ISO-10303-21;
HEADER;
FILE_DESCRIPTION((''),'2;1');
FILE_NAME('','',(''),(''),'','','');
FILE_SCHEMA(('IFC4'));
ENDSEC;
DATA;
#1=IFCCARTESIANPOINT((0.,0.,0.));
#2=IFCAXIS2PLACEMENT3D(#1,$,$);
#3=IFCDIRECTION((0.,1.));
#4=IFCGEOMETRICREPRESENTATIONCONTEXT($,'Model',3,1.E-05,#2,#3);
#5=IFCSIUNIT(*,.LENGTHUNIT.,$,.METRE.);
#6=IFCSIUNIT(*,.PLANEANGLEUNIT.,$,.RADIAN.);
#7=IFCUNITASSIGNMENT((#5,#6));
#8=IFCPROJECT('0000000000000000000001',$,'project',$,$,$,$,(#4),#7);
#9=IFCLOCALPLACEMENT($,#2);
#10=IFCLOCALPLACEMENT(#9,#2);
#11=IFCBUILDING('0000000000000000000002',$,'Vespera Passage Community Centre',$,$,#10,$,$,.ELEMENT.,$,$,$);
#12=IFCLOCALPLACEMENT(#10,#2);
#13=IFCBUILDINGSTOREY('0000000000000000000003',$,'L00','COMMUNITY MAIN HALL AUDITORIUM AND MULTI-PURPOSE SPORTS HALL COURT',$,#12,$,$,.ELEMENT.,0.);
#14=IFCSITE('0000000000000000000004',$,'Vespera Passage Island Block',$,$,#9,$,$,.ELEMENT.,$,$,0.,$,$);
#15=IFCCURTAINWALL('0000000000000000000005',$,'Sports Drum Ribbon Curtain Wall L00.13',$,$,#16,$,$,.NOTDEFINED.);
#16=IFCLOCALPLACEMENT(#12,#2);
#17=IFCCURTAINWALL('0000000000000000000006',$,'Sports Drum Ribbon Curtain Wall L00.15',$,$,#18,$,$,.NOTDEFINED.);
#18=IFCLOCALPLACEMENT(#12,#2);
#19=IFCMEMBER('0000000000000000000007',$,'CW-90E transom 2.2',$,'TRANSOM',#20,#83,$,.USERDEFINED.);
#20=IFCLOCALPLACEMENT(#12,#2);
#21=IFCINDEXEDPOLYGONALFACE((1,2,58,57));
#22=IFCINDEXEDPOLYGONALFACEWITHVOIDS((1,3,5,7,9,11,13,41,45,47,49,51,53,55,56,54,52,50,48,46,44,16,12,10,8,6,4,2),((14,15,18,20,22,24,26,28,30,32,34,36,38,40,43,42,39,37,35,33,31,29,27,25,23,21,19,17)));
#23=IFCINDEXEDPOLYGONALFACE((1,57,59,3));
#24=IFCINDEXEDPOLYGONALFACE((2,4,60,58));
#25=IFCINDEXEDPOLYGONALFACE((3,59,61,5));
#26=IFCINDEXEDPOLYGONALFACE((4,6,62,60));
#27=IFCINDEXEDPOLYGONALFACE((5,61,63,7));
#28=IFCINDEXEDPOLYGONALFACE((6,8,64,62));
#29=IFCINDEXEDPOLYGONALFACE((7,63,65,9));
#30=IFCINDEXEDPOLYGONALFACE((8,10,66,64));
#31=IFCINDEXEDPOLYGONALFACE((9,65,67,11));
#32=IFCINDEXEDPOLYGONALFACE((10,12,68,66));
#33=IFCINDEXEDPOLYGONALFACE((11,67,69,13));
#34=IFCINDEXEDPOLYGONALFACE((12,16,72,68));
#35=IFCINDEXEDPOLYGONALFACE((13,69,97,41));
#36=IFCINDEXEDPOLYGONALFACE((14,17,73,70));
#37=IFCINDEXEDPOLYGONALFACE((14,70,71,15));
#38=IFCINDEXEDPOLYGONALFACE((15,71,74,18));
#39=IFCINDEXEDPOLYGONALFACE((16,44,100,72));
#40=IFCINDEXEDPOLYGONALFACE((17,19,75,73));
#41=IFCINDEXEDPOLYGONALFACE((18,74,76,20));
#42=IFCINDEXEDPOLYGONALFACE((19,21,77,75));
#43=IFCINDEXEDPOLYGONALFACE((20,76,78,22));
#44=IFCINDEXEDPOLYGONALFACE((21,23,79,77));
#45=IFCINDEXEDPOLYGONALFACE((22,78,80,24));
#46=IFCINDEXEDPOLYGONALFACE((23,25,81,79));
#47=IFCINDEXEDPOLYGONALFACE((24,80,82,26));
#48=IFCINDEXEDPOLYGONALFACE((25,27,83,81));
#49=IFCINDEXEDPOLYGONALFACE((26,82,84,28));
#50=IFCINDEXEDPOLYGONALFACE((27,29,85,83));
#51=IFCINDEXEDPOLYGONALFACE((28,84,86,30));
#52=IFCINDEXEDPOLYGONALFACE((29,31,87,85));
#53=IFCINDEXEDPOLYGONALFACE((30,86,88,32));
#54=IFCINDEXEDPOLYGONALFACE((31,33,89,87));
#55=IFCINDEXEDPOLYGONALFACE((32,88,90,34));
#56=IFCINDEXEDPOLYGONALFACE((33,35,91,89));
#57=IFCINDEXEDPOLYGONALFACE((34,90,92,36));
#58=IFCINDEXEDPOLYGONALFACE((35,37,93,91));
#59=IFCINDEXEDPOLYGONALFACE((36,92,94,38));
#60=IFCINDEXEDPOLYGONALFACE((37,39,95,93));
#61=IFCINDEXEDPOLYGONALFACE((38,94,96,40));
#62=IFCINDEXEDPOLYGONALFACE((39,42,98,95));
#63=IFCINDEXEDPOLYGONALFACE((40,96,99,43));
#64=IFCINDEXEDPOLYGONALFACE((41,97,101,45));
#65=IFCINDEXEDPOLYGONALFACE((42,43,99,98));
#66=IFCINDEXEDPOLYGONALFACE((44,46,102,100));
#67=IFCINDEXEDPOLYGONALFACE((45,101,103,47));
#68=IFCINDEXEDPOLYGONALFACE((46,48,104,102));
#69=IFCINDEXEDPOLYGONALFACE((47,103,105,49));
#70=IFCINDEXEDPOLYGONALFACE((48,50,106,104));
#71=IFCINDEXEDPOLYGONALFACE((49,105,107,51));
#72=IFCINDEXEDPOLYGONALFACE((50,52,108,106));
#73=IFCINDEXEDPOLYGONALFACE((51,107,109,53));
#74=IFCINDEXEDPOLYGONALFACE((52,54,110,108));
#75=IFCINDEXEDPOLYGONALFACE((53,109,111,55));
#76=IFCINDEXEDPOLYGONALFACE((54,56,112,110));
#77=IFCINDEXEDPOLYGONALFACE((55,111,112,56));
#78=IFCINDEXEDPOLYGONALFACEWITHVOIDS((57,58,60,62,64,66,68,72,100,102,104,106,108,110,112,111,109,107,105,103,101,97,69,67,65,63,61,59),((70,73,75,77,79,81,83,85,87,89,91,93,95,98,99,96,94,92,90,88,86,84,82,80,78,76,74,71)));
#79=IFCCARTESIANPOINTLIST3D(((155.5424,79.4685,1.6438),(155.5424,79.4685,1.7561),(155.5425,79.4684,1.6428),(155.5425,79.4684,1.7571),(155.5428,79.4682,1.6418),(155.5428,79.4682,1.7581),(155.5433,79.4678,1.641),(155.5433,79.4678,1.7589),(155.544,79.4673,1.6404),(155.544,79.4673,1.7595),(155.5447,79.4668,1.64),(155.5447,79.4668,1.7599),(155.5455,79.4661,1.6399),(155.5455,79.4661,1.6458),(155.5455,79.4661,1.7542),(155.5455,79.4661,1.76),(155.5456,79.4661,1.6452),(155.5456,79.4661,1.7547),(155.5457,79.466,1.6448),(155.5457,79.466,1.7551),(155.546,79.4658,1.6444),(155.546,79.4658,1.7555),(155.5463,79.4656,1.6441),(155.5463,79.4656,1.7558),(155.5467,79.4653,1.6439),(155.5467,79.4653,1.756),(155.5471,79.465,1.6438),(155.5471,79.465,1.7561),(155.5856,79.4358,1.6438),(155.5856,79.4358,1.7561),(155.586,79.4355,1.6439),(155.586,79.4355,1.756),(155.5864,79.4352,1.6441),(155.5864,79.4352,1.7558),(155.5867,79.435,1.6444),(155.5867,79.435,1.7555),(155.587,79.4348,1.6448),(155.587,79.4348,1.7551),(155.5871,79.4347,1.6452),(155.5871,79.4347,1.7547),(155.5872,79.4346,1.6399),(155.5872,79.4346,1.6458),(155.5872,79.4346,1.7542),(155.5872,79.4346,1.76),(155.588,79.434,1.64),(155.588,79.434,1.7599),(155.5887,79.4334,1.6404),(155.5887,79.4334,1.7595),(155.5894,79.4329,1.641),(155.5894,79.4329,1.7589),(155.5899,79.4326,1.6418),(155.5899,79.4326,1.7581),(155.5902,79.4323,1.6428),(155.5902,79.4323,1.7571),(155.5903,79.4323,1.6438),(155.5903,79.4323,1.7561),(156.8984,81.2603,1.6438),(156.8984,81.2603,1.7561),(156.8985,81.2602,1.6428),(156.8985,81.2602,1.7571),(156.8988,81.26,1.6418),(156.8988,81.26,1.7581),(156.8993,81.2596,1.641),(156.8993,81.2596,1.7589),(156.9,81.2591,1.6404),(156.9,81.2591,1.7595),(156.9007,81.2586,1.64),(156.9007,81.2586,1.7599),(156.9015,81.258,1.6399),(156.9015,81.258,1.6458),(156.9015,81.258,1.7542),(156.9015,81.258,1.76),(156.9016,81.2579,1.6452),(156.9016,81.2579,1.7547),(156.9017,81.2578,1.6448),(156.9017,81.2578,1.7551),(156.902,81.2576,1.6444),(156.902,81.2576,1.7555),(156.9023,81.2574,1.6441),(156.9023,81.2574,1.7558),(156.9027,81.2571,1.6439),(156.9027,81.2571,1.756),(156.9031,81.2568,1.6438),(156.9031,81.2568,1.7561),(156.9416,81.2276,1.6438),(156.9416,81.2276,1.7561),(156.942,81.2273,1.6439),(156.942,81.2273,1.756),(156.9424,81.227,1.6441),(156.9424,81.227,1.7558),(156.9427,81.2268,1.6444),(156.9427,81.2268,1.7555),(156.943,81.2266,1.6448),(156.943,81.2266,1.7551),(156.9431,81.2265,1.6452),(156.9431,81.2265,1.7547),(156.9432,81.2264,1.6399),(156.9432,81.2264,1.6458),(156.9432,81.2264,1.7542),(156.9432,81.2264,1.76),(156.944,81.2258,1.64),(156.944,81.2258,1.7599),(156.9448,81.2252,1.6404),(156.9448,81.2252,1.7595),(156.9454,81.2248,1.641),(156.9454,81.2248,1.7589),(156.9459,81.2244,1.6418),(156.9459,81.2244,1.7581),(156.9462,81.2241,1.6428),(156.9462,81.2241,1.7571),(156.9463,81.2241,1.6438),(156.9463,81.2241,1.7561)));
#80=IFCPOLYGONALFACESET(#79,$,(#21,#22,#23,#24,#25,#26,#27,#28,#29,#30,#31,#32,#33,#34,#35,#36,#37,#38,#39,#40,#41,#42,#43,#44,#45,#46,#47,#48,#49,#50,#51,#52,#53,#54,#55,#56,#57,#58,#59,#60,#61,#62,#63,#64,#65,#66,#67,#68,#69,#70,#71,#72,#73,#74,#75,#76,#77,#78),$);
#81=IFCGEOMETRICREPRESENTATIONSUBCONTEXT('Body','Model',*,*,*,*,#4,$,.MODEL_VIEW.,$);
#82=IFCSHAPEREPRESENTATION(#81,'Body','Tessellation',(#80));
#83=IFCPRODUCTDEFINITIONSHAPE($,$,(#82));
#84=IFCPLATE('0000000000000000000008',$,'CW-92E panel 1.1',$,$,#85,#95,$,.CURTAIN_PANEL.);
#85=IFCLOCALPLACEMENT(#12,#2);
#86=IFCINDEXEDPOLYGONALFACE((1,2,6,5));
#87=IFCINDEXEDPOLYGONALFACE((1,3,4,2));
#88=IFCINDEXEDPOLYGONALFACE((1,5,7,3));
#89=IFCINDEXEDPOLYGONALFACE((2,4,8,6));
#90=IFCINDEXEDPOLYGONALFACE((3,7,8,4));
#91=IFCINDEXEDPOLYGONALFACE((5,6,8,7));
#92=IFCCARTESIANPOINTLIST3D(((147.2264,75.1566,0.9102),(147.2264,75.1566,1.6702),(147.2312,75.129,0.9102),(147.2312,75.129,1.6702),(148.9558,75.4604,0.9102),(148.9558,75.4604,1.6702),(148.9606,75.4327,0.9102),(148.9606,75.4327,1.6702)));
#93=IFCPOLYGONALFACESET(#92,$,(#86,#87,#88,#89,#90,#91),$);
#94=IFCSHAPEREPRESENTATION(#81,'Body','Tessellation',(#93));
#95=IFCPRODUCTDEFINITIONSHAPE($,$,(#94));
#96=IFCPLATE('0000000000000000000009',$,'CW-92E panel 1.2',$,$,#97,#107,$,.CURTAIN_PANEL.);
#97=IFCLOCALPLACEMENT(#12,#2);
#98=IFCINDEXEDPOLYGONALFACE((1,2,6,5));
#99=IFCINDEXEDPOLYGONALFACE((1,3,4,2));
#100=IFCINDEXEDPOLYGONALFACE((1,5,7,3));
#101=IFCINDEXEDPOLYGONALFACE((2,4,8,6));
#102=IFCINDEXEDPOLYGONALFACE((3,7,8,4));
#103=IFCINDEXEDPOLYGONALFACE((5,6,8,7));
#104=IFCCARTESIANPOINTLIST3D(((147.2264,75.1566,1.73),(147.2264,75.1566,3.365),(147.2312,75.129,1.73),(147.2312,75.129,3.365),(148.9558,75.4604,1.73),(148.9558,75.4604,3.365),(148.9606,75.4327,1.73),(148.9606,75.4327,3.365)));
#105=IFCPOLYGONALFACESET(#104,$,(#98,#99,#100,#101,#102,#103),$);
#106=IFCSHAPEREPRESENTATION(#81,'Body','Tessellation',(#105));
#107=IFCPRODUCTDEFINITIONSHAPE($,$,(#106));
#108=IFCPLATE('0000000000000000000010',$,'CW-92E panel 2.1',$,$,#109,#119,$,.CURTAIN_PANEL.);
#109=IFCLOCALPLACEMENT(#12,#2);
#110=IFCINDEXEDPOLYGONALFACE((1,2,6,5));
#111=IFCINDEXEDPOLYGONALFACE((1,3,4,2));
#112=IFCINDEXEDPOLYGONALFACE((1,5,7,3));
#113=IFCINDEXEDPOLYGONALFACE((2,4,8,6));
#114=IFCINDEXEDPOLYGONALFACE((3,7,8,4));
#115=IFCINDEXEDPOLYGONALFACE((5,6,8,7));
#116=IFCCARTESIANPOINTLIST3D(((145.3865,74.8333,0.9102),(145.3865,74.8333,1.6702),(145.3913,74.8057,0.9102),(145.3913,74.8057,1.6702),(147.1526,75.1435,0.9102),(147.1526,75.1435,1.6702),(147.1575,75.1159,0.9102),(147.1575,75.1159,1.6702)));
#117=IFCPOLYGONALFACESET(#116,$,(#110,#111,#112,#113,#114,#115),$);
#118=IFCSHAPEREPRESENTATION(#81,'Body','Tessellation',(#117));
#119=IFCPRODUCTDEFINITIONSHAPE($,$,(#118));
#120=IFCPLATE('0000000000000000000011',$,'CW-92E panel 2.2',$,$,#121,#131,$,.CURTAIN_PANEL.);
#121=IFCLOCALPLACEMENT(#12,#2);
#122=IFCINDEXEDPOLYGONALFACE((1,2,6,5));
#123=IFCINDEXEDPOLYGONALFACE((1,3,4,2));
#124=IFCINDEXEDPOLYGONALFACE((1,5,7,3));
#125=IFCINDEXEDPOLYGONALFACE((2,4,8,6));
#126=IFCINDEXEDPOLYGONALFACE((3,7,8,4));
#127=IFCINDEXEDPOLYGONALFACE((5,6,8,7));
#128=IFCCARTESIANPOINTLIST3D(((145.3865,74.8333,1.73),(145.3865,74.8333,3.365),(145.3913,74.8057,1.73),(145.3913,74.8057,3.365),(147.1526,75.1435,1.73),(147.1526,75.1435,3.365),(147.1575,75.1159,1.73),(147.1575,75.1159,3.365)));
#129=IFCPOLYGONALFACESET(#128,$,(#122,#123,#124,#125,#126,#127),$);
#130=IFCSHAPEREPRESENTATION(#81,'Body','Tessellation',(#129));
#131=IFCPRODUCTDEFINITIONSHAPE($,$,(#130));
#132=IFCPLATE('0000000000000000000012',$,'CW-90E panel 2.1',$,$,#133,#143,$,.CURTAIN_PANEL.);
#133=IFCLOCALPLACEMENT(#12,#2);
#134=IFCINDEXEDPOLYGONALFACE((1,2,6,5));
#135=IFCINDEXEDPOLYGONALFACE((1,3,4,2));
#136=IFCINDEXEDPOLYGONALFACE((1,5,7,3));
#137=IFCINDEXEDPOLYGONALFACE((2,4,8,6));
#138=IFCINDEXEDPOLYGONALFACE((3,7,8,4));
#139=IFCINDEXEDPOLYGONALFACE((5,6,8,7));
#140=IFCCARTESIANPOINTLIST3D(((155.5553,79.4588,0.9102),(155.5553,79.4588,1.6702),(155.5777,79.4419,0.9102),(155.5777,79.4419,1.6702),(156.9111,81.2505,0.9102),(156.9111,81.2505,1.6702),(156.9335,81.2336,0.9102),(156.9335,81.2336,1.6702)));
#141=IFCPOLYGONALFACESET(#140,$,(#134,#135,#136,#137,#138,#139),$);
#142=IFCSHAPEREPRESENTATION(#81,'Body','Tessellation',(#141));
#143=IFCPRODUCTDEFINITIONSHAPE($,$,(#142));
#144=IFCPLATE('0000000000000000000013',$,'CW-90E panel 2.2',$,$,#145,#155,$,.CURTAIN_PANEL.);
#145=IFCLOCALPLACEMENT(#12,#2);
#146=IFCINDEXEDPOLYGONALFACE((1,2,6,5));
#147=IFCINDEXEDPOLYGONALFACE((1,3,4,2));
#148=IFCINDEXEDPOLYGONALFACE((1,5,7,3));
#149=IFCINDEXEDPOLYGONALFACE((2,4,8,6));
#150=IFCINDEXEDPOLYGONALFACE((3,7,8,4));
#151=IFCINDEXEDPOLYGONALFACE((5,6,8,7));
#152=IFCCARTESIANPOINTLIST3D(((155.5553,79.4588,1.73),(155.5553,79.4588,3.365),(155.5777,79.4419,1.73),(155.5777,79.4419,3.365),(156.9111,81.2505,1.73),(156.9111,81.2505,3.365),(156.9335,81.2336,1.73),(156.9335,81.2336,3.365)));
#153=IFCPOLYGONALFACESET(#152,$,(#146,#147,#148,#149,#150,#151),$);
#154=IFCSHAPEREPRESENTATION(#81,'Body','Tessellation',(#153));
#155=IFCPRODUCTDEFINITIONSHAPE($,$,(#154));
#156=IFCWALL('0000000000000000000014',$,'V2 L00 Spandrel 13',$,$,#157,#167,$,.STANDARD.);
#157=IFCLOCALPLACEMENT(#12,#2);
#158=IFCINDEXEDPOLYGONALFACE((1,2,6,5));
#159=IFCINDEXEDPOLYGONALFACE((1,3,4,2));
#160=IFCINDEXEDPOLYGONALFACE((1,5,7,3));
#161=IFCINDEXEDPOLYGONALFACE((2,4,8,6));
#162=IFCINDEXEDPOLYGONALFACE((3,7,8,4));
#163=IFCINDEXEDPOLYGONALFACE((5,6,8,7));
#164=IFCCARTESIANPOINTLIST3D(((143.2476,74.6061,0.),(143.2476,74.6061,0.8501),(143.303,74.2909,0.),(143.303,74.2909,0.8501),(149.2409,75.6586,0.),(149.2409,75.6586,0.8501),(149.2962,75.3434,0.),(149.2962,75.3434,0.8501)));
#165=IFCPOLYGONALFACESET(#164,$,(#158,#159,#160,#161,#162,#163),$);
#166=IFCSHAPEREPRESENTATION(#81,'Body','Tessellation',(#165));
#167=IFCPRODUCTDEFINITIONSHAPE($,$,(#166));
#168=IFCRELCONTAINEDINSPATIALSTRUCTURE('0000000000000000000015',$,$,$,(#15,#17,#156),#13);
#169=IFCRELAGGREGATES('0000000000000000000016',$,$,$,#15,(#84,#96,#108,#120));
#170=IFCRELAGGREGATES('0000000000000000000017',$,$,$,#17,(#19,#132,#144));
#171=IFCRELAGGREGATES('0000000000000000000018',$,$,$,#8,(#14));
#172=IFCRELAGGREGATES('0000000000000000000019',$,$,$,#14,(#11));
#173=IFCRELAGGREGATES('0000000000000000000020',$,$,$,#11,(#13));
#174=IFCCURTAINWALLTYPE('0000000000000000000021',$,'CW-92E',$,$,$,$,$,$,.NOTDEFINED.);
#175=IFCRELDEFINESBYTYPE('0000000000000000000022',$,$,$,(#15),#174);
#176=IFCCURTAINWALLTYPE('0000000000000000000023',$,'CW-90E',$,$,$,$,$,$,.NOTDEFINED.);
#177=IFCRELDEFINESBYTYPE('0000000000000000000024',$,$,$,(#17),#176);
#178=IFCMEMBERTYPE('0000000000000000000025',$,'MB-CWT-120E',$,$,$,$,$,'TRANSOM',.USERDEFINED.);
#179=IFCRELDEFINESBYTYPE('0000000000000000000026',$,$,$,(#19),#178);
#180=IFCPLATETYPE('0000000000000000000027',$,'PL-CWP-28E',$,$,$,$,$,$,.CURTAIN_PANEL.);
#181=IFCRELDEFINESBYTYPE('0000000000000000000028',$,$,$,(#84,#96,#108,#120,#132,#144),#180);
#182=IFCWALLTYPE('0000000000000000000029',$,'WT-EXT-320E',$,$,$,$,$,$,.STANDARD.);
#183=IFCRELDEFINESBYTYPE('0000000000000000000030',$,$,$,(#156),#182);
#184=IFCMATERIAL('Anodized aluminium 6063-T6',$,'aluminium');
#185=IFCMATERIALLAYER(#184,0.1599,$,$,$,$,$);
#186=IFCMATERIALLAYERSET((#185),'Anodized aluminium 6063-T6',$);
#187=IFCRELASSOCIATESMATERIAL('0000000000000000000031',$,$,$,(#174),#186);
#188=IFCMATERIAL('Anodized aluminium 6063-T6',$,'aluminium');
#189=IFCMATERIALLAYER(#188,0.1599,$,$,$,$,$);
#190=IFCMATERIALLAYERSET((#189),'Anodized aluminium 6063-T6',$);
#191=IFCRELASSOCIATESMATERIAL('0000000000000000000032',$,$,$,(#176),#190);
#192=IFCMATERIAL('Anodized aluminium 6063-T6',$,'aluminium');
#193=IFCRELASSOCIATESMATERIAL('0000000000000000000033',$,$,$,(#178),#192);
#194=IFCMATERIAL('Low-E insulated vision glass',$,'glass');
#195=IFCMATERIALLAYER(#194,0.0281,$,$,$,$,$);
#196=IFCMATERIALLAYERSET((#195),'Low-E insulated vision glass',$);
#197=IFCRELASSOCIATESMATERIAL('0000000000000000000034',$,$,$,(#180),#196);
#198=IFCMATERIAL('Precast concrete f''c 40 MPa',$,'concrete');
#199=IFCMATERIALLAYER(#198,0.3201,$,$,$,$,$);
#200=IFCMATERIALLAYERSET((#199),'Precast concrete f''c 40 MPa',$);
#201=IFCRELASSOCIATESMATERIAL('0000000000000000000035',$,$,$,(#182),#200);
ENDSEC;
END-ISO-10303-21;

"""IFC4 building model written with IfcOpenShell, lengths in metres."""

from ifc_helpers import new_model, si_unit, direction, frame, frame_2d, origin, origin_2d, place, context, subcontext, project, spatial, rectangle, hollow_rectangle, extrude, material, layer, layer_set, material_profile, profile_set, type_object, element, aggregate, save


model = new_model("IFC4")

# Units and contexts
model_context = context("Model", 3, precision=1e-05, world=origin(), true_north=direction((0.0, 1.0)))
body_context = subcontext(model_context, "Body", "Model", "MODEL_VIEW")
ifc_project = project(units=[si_unit("LENGTHUNIT", "METRE"), si_unit("PLANEANGLEUNIT", "RADIAN")], contexts=[model_context])

# Site, building, storey
site_placement = place(None, origin())
site = spatial("IfcSite", under=ifc_project, at=site_placement, Name="Vespera Passage Island Block", CompositionType="ELEMENT", RefElevation=0.0)
building_placement = place(site_placement, origin())
building = spatial("IfcBuilding", under=site, at=building_placement, Name="Vespera Passage Community Centre", CompositionType="ELEMENT")
storey_placement = place(building_placement, origin())
storey = spatial("IfcBuildingStorey", under=building, at=storey_placement, Name="L00", Description="COMMUNITY MAIN HALL AUDITORIUM AND MULTI-PURPOSE SPORTS HALL COURT", CompositionType="ELEMENT", Elevation=0.0)

# Curtain wall
ifc_material_1 = material(Name="Anodized aluminium 6063-T6", Category="aluminium")
ifc_layer_1 = layer(ifc_material_1, 0.1599)
ifc_layer_set_1 = layer_set([ifc_layer_1], Name="Anodized aluminium 6063-T6")
curtain_wall_type_1 = type_object("IfcCurtainWallType", Name="CW-92E", PredefinedType="NOTDEFINED", material=ifc_layer_set_1)
curtain_wall_1_placement = place(storey_placement, origin())
curtain_wall_1 = element("IfcCurtainWall", 1, at=curtain_wall_1_placement, inside=storey, type_object=curtain_wall_type_1, Name="Sports Drum Ribbon Curtain Wall L00.13", PredefinedType="NOTDEFINED")

# Curtain wall
ifc_material_2 = material(Name="Anodized aluminium 6063-T6", Category="aluminium")
ifc_layer_2 = layer(ifc_material_2, 0.1599)
ifc_layer_set_2 = layer_set([ifc_layer_2], Name="Anodized aluminium 6063-T6")
curtain_wall_type_2 = type_object("IfcCurtainWallType", Name="CW-90E", PredefinedType="NOTDEFINED", material=ifc_layer_set_2)
curtain_wall_2_placement = place(storey_placement, origin())
curtain_wall_2 = element("IfcCurtainWall", 2, at=curtain_wall_2_placement, inside=storey, type_object=curtain_wall_type_2, Name="Sports Drum Ribbon Curtain Wall L00.15", PredefinedType="NOTDEFINED")

# Member
ifc_material_3 = material(Name="Anodized aluminium 6063-T6", Category="aluminium")
ifc_material_profile_1 = material_profile(ifc_material_3, hollow_rectangle(XDim=0.0601, YDim=0.1201, WallThickness=0.0039, InnerFilletRadius=0.002, OuterFilletRadius=0.0039, at=origin_2d()), Name="ALU120X60X4")
ifc_profile_set_1 = profile_set([ifc_material_profile_1], Name="Anodized aluminium 6063-T6")
member_type_1 = type_object("IfcMemberType", Name="MB-CWT-120E", ElementType="TRANSOM", PredefinedType="USERDEFINED", material=ifc_profile_set_1)
member_1_placement = place(storey_placement, frame((156.9224, 81.2422, 1.7), z_axis=(-0.603454, -0.797398, 0.0), x_axis=(0.797398, -0.603454, 0.0)))
member_1 = element("IfcMember", 3, at=member_1_placement, type_object=member_type_1, Name="CW-90E transom 2.2", ObjectType="TRANSOM", PredefinedType="USERDEFINED", context=body_context, shape_type="SweptSolid", body=[
    extrude(hollow_rectangle(XDim=0.0601, YDim=0.1201, WallThickness=0.0039, InnerFilletRadius=0.002, OuterFilletRadius=0.0039, at=origin_2d()), origin(), (0.0, 0.0, 1.0), 2.2471),
])

# Plates
ifc_material_4 = material(Name="Low-E insulated vision glass", Category="glass")
ifc_layer_3 = layer(ifc_material_4, 0.0281)
ifc_layer_set_3 = layer_set([ifc_layer_3], Name="Low-E insulated vision glass")
plate_type = type_object("IfcPlateType", Name="PL-CWP-28E", PredefinedType="CURTAIN_PANEL", material=ifc_layer_set_3)
plate_1_placement = place(storey_placement, frame((148.0935, 75.2947, 0.9102), z_axis=(0.0, 0.0, 1.0), x_axis=(-0.984923, -0.172994, 0.0)))
plate_1 = element("IfcPlate", 4, at=plate_1_placement, type_object=plate_type, Name="CW-92E panel 1.1", PredefinedType="CURTAIN_PANEL", context=body_context, shape_type="SweptSolid", body=[
    extrude(rectangle(XDim=1.7559, YDim=0.0281, at=origin_2d()), origin(), (0.0, 0.0, 1.0), 0.76),
])
plate_2_placement = place(storey_placement, frame((148.0935, 75.2947, 1.73), z_axis=(0.0, 0.0, 1.0), x_axis=(-0.984923, -0.172994, 0.0)))
plate_2 = element("IfcPlate", 5, at=plate_2_placement, type_object=plate_type, Name="CW-92E panel 1.2", PredefinedType="CURTAIN_PANEL", context=body_context, shape_type="SweptSolid", body=[
    extrude(rectangle(XDim=1.7559, YDim=0.0281, at=origin_2d()), origin(), (0.0, 0.0, 1.0), 1.635),
])
plate_3_placement = place(storey_placement, frame((146.272, 74.9746, 0.9102), z_axis=(0.0, 0.0, 1.0), x_axis=(-0.984923, -0.172994, 0.0)))
plate_3 = element("IfcPlate", 6, at=plate_3_placement, type_object=plate_type, Name="CW-92E panel 2.1", PredefinedType="CURTAIN_PANEL", context=body_context, shape_type="SweptSolid", body=[
    extrude(rectangle(XDim=1.7932, YDim=0.0281, at=origin_2d()), origin(), (0.0, 0.0, 1.0), 0.76),
])
plate_4_placement = place(storey_placement, frame((146.272, 74.9746, 1.73), z_axis=(0.0, 0.0, 1.0), x_axis=(-0.984923, -0.172994, 0.0)))
plate_4 = element("IfcPlate", 7, at=plate_4_placement, type_object=plate_type, Name="CW-92E panel 2.2", PredefinedType="CURTAIN_PANEL", context=body_context, shape_type="SweptSolid", body=[
    extrude(rectangle(XDim=1.7932, YDim=0.0281, at=origin_2d()), origin(), (0.0, 0.0, 1.0), 1.635),
])
aggregate(curtain_wall_1, [plate_1, plate_2, plate_3, plate_4])
plate_5_placement = place(storey_placement, frame((156.2444, 80.3462, 0.9102), z_axis=(0.0, 0.0, 1.0), x_axis=(-0.603406, -0.797434, 0.0)))
plate_5 = element("IfcPlate", 8, at=plate_5_placement, type_object=plate_type, Name="CW-90E panel 2.1", PredefinedType="CURTAIN_PANEL", context=body_context, shape_type="SweptSolid", body=[
    extrude(rectangle(XDim=2.2468, YDim=0.0281, at=origin_2d()), origin(), (0.0, 0.0, 1.0), 0.76),
])
plate_6_placement = place(storey_placement, frame((156.2444, 80.3462, 1.73), z_axis=(0.0, 0.0, 1.0), x_axis=(-0.603406, -0.797434, 0.0)))
plate_6 = element("IfcPlate", 9, at=plate_6_placement, type_object=plate_type, Name="CW-90E panel 2.2", PredefinedType="CURTAIN_PANEL", context=body_context, shape_type="SweptSolid", body=[
    extrude(rectangle(XDim=2.2468, YDim=0.0281, at=origin_2d()), origin(), (0.0, 0.0, 1.0), 1.635),
])
aggregate(curtain_wall_2, [member_1, plate_5, plate_6])

# Wall
ifc_material_5 = material(Name="Precast concrete f'c 40 MPa", Category="concrete")
ifc_layer_4 = layer(ifc_material_5, 0.3201)
ifc_layer_set_4 = layer_set([ifc_layer_4], Name="Precast concrete f'c 40 MPa")
wall_type_1 = type_object("IfcWallType", Name="WT-EXT-320E", PredefinedType="STANDARD", material=ifc_layer_set_4)
wall_1_placement = place(storey_placement, frame((149.2686, 75.501, 0.0), z_axis=(0.0, 0.0, 1.0), x_axis=(-0.984927, -0.172968, 0.0)))
element("IfcWall", 10, at=wall_1_placement, inside=storey, type_object=wall_type_1, Name="V2 L00 Spandrel 13", PredefinedType="STANDARD", context=body_context, shape_type="SweptSolid", body=[
    extrude(rectangle(XDim=6.085, YDim=0.3201, at=frame_2d((3.0425, 0.0))), origin(), (0.0, 0.0, 1.0), 0.8501),
])

save(model, "model.ifc")
